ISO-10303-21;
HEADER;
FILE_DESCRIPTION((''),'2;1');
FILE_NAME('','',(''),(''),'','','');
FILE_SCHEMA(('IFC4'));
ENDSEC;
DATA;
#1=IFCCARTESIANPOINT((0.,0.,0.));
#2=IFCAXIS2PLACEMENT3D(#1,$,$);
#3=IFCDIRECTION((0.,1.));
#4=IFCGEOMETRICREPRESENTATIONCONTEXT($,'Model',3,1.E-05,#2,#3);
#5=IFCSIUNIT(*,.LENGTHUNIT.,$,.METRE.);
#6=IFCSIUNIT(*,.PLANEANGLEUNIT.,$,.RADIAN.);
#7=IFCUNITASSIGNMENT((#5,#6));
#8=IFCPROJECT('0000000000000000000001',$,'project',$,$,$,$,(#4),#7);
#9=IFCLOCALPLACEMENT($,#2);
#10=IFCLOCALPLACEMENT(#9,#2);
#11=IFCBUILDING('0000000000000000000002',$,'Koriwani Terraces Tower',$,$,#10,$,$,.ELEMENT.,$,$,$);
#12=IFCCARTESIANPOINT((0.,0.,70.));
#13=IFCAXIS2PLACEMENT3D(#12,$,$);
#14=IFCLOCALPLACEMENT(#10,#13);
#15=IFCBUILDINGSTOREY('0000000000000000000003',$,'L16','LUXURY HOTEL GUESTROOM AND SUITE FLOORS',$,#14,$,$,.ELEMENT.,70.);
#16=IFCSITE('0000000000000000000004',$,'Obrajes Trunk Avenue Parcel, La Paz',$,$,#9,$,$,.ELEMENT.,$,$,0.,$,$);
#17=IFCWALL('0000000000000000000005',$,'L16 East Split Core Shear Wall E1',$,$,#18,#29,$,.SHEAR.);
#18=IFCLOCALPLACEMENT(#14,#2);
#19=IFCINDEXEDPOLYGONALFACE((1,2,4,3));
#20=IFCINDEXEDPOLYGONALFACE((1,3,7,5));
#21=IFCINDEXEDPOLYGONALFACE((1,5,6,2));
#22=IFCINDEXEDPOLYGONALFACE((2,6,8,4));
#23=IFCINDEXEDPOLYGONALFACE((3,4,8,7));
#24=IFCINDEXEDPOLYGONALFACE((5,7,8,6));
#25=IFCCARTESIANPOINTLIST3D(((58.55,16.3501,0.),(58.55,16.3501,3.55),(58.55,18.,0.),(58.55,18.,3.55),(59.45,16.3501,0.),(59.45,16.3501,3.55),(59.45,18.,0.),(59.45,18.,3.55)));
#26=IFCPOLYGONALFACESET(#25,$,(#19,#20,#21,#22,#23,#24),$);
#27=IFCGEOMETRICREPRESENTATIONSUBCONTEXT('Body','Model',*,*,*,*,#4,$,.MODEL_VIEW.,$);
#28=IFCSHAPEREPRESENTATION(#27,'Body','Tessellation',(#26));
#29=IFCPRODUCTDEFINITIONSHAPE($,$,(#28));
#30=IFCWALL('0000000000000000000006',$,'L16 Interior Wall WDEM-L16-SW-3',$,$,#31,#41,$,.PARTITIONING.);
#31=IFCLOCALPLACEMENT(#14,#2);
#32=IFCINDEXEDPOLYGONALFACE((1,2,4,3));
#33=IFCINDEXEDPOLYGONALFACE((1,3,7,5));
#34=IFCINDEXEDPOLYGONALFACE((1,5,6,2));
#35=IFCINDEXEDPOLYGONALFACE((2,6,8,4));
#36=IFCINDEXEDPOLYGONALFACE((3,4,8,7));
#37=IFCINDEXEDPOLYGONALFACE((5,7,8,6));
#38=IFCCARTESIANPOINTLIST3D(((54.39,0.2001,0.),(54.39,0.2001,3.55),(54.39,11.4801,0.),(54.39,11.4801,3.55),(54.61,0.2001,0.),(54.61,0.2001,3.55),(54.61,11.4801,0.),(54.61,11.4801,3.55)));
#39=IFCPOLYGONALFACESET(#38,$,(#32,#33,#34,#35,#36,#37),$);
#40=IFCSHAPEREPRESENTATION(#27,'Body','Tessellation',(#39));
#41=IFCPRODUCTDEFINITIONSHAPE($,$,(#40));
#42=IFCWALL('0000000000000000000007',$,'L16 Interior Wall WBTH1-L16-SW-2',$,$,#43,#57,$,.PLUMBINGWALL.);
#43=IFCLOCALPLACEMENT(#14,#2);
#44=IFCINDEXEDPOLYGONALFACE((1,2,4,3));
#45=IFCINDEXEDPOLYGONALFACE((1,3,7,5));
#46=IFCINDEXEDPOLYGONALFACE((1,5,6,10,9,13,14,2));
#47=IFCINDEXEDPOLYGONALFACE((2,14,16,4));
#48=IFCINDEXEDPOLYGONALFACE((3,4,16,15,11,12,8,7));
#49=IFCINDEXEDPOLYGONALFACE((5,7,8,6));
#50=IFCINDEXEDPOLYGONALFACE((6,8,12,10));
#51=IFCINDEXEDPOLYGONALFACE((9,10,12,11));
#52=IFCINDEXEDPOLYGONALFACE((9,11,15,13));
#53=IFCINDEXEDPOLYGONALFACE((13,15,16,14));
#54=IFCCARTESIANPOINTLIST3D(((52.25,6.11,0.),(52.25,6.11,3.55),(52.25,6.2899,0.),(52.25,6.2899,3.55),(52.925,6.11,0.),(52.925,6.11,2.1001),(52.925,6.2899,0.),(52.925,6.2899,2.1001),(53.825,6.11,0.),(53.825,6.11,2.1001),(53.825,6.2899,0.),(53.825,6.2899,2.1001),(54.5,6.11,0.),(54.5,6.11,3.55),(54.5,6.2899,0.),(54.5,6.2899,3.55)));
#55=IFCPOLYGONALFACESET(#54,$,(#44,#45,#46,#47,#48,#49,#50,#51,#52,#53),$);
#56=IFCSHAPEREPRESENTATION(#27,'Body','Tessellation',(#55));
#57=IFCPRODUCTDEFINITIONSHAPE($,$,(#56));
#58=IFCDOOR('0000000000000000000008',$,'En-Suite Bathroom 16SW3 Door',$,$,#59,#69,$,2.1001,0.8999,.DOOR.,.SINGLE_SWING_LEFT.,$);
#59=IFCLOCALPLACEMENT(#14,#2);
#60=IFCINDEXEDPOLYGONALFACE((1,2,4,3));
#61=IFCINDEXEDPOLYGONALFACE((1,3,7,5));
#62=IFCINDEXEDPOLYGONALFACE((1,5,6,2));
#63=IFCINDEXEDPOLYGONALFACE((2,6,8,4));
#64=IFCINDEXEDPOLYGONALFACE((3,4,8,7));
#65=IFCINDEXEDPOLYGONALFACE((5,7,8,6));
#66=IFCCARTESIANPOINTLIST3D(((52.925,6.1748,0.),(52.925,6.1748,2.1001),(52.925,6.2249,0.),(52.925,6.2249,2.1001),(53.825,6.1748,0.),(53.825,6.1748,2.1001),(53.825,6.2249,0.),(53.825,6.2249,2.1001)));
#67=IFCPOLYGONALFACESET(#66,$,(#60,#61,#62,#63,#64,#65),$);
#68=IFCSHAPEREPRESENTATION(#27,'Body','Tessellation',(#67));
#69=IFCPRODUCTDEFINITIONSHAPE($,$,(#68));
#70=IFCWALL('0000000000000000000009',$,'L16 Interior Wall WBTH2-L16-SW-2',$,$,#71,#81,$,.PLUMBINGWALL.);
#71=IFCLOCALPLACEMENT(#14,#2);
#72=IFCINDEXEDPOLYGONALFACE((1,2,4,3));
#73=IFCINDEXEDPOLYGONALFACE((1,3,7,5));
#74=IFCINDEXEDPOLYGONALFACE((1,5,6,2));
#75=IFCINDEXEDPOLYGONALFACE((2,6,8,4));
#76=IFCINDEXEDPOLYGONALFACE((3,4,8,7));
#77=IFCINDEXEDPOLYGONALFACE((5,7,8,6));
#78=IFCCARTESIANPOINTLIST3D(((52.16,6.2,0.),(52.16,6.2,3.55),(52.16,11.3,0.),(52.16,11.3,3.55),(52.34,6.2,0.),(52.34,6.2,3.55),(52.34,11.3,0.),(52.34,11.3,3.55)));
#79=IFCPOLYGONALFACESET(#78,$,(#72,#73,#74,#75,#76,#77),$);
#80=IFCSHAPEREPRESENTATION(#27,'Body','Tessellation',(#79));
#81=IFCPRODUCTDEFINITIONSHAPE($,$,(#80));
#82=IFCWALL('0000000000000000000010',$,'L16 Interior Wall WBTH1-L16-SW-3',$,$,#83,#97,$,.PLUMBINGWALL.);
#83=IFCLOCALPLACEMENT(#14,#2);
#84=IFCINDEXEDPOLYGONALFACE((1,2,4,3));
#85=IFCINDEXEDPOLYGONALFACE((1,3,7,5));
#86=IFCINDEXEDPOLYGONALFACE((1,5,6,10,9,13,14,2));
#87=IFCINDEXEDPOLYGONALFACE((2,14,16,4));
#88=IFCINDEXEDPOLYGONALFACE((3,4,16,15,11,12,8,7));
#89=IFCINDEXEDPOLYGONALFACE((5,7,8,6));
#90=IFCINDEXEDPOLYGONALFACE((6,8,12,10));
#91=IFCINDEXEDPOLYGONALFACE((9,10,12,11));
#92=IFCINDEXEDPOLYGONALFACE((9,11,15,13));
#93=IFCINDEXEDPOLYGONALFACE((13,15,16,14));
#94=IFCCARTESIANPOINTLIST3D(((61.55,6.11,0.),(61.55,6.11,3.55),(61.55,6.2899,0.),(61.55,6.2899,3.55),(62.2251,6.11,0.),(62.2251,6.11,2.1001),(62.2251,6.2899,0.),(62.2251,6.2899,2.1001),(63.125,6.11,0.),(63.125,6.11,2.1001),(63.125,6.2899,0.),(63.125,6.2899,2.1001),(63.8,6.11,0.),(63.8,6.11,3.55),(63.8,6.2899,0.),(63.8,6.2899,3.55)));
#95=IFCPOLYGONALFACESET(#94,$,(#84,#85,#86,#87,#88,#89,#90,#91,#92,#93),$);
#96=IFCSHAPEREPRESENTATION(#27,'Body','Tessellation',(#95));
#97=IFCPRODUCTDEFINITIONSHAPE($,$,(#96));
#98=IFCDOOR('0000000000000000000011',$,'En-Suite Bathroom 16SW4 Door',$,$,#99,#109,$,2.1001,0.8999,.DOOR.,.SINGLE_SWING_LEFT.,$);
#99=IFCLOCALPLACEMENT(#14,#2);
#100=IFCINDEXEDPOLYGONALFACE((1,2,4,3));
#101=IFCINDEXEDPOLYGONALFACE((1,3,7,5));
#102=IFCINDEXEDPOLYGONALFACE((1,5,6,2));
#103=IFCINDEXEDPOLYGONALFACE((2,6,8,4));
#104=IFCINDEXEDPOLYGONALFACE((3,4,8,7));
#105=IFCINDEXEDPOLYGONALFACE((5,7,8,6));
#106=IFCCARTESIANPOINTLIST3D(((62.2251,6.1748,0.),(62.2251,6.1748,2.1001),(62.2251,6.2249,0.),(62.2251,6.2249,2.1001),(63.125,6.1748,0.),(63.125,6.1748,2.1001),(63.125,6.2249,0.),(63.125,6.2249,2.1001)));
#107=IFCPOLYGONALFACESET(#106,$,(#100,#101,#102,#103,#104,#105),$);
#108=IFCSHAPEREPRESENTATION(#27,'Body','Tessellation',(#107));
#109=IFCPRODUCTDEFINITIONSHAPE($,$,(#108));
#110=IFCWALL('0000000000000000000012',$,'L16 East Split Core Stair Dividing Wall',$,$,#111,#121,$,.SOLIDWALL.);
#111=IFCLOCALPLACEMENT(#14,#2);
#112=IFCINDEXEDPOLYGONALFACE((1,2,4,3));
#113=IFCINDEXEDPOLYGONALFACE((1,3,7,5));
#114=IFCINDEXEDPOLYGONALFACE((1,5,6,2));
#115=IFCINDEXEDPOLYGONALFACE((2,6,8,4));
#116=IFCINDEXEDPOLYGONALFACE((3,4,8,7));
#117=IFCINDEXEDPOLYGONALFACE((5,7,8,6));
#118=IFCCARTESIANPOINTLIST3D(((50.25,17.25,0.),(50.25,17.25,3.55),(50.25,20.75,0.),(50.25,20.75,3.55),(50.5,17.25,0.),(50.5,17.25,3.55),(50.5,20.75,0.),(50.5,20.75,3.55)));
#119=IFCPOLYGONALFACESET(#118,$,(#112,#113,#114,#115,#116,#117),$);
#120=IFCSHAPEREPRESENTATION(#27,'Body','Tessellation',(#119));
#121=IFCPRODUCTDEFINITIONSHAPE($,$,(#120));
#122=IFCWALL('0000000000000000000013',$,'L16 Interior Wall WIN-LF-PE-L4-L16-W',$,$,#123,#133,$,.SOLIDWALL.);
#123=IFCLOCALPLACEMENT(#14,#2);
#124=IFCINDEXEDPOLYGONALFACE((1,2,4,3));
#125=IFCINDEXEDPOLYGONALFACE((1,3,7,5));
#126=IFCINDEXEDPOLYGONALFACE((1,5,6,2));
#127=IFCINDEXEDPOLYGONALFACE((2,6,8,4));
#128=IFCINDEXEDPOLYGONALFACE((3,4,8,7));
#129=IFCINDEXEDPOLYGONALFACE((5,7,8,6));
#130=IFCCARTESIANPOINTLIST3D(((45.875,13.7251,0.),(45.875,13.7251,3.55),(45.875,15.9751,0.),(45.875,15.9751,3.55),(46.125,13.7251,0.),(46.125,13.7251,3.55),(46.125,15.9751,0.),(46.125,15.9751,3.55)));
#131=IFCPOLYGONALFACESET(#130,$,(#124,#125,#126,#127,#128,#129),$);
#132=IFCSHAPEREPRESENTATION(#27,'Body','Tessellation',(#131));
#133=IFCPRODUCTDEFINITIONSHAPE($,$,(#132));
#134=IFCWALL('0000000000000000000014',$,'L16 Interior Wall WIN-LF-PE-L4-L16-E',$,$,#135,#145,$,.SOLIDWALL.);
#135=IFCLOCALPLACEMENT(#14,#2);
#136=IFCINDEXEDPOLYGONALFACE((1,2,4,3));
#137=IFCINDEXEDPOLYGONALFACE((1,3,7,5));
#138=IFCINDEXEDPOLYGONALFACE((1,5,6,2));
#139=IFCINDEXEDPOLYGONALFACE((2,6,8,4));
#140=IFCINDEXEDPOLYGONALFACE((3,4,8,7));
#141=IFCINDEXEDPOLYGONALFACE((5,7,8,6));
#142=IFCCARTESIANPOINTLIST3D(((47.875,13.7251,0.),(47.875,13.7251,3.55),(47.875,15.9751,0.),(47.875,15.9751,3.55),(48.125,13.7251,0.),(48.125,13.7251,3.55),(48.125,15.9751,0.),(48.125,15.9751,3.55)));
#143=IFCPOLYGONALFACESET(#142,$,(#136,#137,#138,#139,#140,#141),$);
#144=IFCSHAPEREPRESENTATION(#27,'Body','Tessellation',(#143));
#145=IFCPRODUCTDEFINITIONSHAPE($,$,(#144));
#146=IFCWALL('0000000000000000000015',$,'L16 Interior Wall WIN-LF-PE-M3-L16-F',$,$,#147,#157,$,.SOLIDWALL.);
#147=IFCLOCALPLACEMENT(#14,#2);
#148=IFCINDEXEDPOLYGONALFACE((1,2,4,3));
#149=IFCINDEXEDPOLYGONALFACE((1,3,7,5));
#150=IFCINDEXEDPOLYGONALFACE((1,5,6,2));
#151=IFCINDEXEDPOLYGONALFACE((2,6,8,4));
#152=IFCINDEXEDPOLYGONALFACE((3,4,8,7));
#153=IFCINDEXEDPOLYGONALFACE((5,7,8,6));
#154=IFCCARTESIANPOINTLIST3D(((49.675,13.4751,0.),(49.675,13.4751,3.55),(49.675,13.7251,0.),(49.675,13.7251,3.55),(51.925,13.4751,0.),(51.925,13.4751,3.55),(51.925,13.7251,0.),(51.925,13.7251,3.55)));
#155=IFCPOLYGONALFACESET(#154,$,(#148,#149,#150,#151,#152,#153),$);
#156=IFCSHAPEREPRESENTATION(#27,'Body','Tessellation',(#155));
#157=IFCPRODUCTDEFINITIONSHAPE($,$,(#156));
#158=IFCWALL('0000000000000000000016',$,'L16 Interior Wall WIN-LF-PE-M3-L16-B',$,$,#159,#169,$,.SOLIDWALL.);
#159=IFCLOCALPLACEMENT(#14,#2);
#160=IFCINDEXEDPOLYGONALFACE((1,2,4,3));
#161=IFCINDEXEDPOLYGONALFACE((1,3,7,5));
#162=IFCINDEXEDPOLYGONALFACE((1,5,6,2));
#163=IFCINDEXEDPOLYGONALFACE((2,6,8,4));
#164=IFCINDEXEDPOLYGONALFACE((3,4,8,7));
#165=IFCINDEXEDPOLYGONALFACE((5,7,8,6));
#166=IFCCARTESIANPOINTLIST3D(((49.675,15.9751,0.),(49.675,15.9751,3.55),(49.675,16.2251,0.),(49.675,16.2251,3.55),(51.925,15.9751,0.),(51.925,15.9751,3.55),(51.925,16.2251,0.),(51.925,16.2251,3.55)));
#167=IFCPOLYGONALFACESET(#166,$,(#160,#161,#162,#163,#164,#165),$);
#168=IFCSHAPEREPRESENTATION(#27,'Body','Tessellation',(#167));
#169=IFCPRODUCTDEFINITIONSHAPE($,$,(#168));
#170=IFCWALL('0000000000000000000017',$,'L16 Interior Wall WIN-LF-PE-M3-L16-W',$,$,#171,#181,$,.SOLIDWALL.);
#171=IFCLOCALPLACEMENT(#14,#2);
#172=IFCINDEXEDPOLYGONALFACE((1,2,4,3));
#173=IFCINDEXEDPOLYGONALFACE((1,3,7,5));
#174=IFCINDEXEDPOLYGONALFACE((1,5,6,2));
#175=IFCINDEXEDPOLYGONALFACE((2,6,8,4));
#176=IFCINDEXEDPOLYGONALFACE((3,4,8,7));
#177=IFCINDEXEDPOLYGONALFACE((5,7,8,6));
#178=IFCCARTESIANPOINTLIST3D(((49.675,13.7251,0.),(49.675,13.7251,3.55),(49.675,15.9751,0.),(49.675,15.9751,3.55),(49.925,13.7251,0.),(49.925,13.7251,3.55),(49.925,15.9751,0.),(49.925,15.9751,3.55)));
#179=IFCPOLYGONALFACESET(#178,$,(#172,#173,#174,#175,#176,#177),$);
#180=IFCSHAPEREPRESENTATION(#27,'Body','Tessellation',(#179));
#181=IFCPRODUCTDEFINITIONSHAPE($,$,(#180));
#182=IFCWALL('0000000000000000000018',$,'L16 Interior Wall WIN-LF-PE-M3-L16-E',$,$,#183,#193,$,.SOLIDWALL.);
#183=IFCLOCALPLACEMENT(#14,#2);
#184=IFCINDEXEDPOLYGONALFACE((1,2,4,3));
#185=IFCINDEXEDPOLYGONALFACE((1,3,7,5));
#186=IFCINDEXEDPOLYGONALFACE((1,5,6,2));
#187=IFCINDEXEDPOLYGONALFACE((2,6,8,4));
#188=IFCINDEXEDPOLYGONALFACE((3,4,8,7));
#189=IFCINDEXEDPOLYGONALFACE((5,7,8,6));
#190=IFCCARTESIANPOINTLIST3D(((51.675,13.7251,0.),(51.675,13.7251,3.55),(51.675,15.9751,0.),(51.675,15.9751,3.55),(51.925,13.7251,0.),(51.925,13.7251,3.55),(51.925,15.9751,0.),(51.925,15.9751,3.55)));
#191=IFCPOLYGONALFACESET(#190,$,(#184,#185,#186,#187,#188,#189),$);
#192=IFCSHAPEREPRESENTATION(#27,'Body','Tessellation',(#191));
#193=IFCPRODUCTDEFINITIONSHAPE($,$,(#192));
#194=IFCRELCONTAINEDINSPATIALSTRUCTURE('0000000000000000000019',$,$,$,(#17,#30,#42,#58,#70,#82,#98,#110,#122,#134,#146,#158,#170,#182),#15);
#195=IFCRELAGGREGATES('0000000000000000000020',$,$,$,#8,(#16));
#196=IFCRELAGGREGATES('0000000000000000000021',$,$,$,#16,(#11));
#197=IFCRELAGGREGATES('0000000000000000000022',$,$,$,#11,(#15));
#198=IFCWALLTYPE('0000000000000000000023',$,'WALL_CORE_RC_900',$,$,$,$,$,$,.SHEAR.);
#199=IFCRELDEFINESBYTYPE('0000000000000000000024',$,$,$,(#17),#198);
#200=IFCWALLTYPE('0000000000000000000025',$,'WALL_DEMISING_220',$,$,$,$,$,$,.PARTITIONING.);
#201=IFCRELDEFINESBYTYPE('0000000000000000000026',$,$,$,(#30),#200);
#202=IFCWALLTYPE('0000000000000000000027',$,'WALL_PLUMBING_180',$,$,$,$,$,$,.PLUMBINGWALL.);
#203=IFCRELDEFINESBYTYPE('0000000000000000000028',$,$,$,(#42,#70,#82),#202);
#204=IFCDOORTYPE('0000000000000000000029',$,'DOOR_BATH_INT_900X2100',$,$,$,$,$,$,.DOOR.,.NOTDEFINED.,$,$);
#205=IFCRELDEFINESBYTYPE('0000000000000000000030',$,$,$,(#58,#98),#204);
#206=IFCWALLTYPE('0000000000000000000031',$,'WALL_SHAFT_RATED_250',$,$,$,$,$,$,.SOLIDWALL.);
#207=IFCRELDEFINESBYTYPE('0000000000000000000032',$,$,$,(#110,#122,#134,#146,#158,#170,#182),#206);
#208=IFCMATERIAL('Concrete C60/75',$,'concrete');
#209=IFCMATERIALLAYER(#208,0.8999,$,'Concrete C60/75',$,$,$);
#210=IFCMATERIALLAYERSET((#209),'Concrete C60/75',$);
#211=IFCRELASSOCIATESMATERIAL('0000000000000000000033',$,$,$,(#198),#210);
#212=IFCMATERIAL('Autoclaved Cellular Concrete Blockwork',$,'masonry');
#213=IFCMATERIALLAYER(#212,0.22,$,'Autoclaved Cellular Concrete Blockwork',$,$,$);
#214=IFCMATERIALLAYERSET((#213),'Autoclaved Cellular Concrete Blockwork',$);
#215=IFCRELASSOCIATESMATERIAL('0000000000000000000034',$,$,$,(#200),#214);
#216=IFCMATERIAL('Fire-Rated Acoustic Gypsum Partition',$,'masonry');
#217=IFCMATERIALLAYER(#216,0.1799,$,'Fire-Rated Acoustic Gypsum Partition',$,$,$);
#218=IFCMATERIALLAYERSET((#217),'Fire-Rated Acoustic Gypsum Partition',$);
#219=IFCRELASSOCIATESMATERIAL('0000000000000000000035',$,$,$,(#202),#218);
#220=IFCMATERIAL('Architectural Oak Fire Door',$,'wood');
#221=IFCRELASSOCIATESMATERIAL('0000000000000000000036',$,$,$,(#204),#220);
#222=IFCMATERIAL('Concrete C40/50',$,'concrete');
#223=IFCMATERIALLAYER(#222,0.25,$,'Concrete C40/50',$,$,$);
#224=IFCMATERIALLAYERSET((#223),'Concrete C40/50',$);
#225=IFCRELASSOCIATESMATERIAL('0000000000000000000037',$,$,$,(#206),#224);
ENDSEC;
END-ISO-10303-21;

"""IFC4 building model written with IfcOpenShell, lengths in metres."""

from ifc_helpers import new_model, si_unit, direction, frame, frame_2d, origin, place, context, subcontext, project, spatial, rectangle, extrude, material, layer, layer_set, type_object, element, fill, save


model = new_model("IFC4")

# Units and contexts
model_context = context("Model", 3, precision=1e-05, world=origin(), true_north=direction((0.0, 1.0)))
body_context = subcontext(model_context, "Body", "Model", "MODEL_VIEW")
ifc_project = project(units=[si_unit("LENGTHUNIT", "METRE"), si_unit("PLANEANGLEUNIT", "RADIAN")], contexts=[model_context])

# Site, building, storey
site_placement = place(None, origin())
site = spatial("IfcSite", under=ifc_project, at=site_placement, Name="Obrajes Trunk Avenue Parcel, La Paz", CompositionType="ELEMENT", RefElevation=0.0)
building_placement = place(site_placement, origin())
building = spatial("IfcBuilding", under=site, at=building_placement, Name="Koriwani Terraces Tower", CompositionType="ELEMENT")
storey_placement = place(building_placement, frame((0.0, 0.0, 70.0)))
storey = spatial("IfcBuildingStorey", under=building, at=storey_placement, Name="L16", Description="LUXURY HOTEL GUESTROOM AND SUITE FLOORS", CompositionType="ELEMENT", Elevation=70.0)

# Shared definitions
ifc_material_1 = material(Name="Concrete C60/75", Category="concrete")

# Shared definitions
ifc_material_2 = material(Name="Concrete C40/50", Category="concrete")

# Walls
ifc_layer_1 = layer(ifc_material_1, 0.8999, Name="Concrete C60/75")
ifc_layer_set_1 = layer_set([ifc_layer_1], Name="Concrete C60/75")
wall_type_1 = type_object("IfcWallType", Name="WALL_CORE_RC_900", PredefinedType="SHEAR", material=ifc_layer_set_1)
wall_1_placement = place(storey_placement, frame((59.0, 16.3501, 0.0), z_axis=(0.0, 0.0, 1.0), x_axis=(0.0, 1.0, 0.0)))
element("IfcWall", 1, at=wall_1_placement, inside=storey, type_object=wall_type_1, Name="L16 East Split Core Shear Wall E1", PredefinedType="SHEAR", context=body_context, shape_type="SweptSolid", body=[
    extrude(rectangle(XDim=1.6499, YDim=0.8999, at=frame_2d((0.825, 0.0))), origin(), (0.0, 0.0, 1.0), 3.55),
])
ifc_material_3 = material(Name="Autoclaved Cellular Concrete Blockwork", Category="masonry")
ifc_layer_2 = layer(ifc_material_3, 0.22, Name="Autoclaved Cellular Concrete Blockwork")
ifc_layer_set_2 = layer_set([ifc_layer_2], Name="Autoclaved Cellular Concrete Blockwork")
wall_type_2 = type_object("IfcWallType", Name="WALL_DEMISING_220", PredefinedType="PARTITIONING", material=ifc_layer_set_2)
wall_2_placement = place(storey_placement, frame((54.5, 0.2, 0.0), z_axis=(0.0, 0.0, 1.0), x_axis=(0.0, 1.0, 0.0)))
element("IfcWall", 2, at=wall_2_placement, inside=storey, type_object=wall_type_2, Name="L16 Interior Wall WDEM-L16-SW-3", PredefinedType="PARTITIONING", context=body_context, shape_type="SweptSolid", body=[
    extrude(rectangle(XDim=11.28, YDim=0.22, at=frame_2d((5.6401, 0.0))), origin(), (0.0, 0.0, 1.0), 3.55),
])

# Wall, opening, door
ifc_material_4 = material(Name="Fire-Rated Acoustic Gypsum Partition", Category="masonry")
ifc_layer_3 = layer(ifc_material_4, 0.1799, Name="Fire-Rated Acoustic Gypsum Partition")
ifc_layer_set_3 = layer_set([ifc_layer_3], Name="Fire-Rated Acoustic Gypsum Partition")
wall_type_3 = type_object("IfcWallType", Name="WALL_PLUMBING_180", PredefinedType="PLUMBINGWALL", material=ifc_layer_set_3)
wall_3_placement = place(storey_placement, frame((52.25, 6.2, 0.0), z_axis=(0.0, 0.0, 1.0), x_axis=(1.0, 0.0, 0.0)))
wall_3 = element("IfcWall", 3, at=wall_3_placement, inside=storey, type_object=wall_type_3, Name="L16 Interior Wall WBTH1-L16-SW-2", PredefinedType="PLUMBINGWALL", context=body_context, shape_type="SweptSolid", body=[
    extrude(rectangle(XDim=2.25, YDim=0.1799, at=frame_2d((1.125, 0.0))), origin(), (0.0, 0.0, 1.0), 3.55),
])
opening_1_placement = place(wall_3_placement, frame((0.675, 0.0, 0.0)))
opening_1 = element("IfcOpeningElement", 4, at=opening_1_placement, cuts=wall_3, PredefinedType="OPENING", context=body_context, shape_type="SweptSolid", body=[
    extrude(rectangle(XDim=0.8999, YDim=2.1001, at=frame_2d((0.45, 1.05))), frame((0.0, 0.1001, 0.0), z_axis=(0.0, -1.0, 0.0), x_axis=(1.0, 0.0, 0.0)), (0.0, 0.0, 1.0), 0.2),
])
ifc_material_5 = material(Name="Architectural Oak Fire Door", Category="wood")
door_type = type_object("IfcDoorType", Name="DOOR_BATH_INT_900X2100", OperationType="NOTDEFINED", PredefinedType="DOOR", material=ifc_material_5)
door_1_placement = place(opening_1_placement, origin())
door_1 = element("IfcDoor", 5, at=door_1_placement, inside=storey, type_object=door_type, Name="En-Suite Bathroom 16SW3 Door", OperationType="SINGLE_SWING_LEFT", OverallHeight=2.1001, OverallWidth=0.8999, PredefinedType="DOOR", context=body_context, shape_type="SweptSolid", body=[
    extrude(rectangle(XDim=0.8999, YDim=2.1001, at=frame_2d((0.45, 1.05))), frame((0.0, 0.0249, 0.0), z_axis=(0.0, -1.0, 0.0), x_axis=(1.0, 0.0, 0.0)), (0.0, 0.0, 1.0), 0.05),
])
fill(opening_1, door_1)

# Wall
wall_4_placement = place(storey_placement, frame((52.25, 6.2, 0.0), z_axis=(0.0, 0.0, 1.0), x_axis=(0.0, 1.0, 0.0)))
element("IfcWall", 6, at=wall_4_placement, inside=storey, type_object=wall_type_3, Name="L16 Interior Wall WBTH2-L16-SW-2", PredefinedType="PLUMBINGWALL", context=body_context, shape_type="SweptSolid", body=[
    extrude(rectangle(XDim=5.1001, YDim=0.1799, at=frame_2d((2.55, 0.0))), origin(), (0.0, 0.0, 1.0), 3.55),
])

# Wall, opening, door
wall_5_placement = place(storey_placement, frame((61.55, 6.2, 0.0), z_axis=(0.0, 0.0, 1.0), x_axis=(1.0, 0.0, 0.0)))
wall_5 = element("IfcWall", 7, at=wall_5_placement, inside=storey, type_object=wall_type_3, Name="L16 Interior Wall WBTH1-L16-SW-3", PredefinedType="PLUMBINGWALL", context=body_context, shape_type="SweptSolid", body=[
    extrude(rectangle(XDim=2.25, YDim=0.1799, at=frame_2d((1.125, 0.0))), origin(), (0.0, 0.0, 1.0), 3.55),
])
opening_2_placement = place(wall_5_placement, frame((0.675, 0.0, 0.0)))
opening_2 = element("IfcOpeningElement", 8, at=opening_2_placement, cuts=wall_5, PredefinedType="OPENING", context=body_context, shape_type="SweptSolid", body=[
    extrude(rectangle(XDim=0.8999, YDim=2.1001, at=frame_2d((0.45, 1.05))), frame((0.0, 0.1001, 0.0), z_axis=(0.0, -1.0, 0.0), x_axis=(1.0, 0.0, 0.0)), (0.0, 0.0, 1.0), 0.2),
])
door_2_placement = place(opening_2_placement, origin())
door_2 = element("IfcDoor", 9, at=door_2_placement, inside=storey, type_object=door_type, Name="En-Suite Bathroom 16SW4 Door", OperationType="SINGLE_SWING_LEFT", OverallHeight=2.1001, OverallWidth=0.8999, PredefinedType="DOOR", context=body_context, shape_type="SweptSolid", body=[
    extrude(rectangle(XDim=0.8999, YDim=2.1001, at=frame_2d((0.45, 1.05))), frame((0.0, 0.0249, 0.0), z_axis=(0.0, -1.0, 0.0), x_axis=(1.0, 0.0, 0.0)), (0.0, 0.0, 1.0), 0.05),
])
fill(opening_2, door_2)

# Walls
ifc_layer_4 = layer(ifc_material_2, 0.25, Name="Concrete C40/50")
ifc_layer_set_4 = layer_set([ifc_layer_4], Name="Concrete C40/50")
wall_type_4 = type_object("IfcWallType", Name="WALL_SHAFT_RATED_250", PredefinedType="SOLIDWALL", material=ifc_layer_set_4)
wall_6_placement = place(storey_placement, frame((50.375, 17.25, 0.0), z_axis=(0.0, 0.0, 1.0), x_axis=(0.0, 1.0, 0.0)))
element("IfcWall", 10, at=wall_6_placement, inside=storey, type_object=wall_type_4, Name="L16 East Split Core Stair Dividing Wall", PredefinedType="SOLIDWALL", context=body_context, shape_type="SweptSolid", body=[
    extrude(rectangle(XDim=3.5, YDim=0.25, at=frame_2d((1.75, 0.0))), origin(), (0.0, 0.0, 1.0), 3.55),
])
for number, where, z_axis, x_axis, name in (
    (11, (46.0, 13.7251, 0.0), (0.0, 0.0, 1.0), (0.0, 1.0, 0.0), "L16 Interior Wall WIN-LF-PE-L4-L16-W"),
    (12, (48.0, 13.7251, 0.0), (0.0, 0.0, 1.0), (0.0, 1.0, 0.0), "L16 Interior Wall WIN-LF-PE-L4-L16-E"),
    (13, (49.675, 13.6001, 0.0), (0.0, 0.0, 1.0), (1.0, 0.0, 0.0), "L16 Interior Wall WIN-LF-PE-M3-L16-F"),
    (14, (49.675, 16.1001, 0.0), (0.0, 0.0, 1.0), (1.0, 0.0, 0.0), "L16 Interior Wall WIN-LF-PE-M3-L16-B"),
    (15, (49.8, 13.7251, 0.0), (0.0, 0.0, 1.0), (0.0, 1.0, 0.0), "L16 Interior Wall WIN-LF-PE-M3-L16-W"),
    (16, (51.8, 13.7251, 0.0), (0.0, 0.0, 1.0), (0.0, 1.0, 0.0), "L16 Interior Wall WIN-LF-PE-M3-L16-E"),
):
    element("IfcWall", number, at=place(storey_placement, frame(where, z_axis=z_axis, x_axis=x_axis)), inside=storey, type_object=wall_type_4, Name=name, PredefinedType="SOLIDWALL", context=body_context, shape_type="SweptSolid", body=[
        extrude(rectangle(XDim=2.25, YDim=0.25, at=frame_2d((1.125, 0.0))), origin(), (0.0, 0.0, 1.0), 3.55),
    ])

save(model, "model.ifc")
